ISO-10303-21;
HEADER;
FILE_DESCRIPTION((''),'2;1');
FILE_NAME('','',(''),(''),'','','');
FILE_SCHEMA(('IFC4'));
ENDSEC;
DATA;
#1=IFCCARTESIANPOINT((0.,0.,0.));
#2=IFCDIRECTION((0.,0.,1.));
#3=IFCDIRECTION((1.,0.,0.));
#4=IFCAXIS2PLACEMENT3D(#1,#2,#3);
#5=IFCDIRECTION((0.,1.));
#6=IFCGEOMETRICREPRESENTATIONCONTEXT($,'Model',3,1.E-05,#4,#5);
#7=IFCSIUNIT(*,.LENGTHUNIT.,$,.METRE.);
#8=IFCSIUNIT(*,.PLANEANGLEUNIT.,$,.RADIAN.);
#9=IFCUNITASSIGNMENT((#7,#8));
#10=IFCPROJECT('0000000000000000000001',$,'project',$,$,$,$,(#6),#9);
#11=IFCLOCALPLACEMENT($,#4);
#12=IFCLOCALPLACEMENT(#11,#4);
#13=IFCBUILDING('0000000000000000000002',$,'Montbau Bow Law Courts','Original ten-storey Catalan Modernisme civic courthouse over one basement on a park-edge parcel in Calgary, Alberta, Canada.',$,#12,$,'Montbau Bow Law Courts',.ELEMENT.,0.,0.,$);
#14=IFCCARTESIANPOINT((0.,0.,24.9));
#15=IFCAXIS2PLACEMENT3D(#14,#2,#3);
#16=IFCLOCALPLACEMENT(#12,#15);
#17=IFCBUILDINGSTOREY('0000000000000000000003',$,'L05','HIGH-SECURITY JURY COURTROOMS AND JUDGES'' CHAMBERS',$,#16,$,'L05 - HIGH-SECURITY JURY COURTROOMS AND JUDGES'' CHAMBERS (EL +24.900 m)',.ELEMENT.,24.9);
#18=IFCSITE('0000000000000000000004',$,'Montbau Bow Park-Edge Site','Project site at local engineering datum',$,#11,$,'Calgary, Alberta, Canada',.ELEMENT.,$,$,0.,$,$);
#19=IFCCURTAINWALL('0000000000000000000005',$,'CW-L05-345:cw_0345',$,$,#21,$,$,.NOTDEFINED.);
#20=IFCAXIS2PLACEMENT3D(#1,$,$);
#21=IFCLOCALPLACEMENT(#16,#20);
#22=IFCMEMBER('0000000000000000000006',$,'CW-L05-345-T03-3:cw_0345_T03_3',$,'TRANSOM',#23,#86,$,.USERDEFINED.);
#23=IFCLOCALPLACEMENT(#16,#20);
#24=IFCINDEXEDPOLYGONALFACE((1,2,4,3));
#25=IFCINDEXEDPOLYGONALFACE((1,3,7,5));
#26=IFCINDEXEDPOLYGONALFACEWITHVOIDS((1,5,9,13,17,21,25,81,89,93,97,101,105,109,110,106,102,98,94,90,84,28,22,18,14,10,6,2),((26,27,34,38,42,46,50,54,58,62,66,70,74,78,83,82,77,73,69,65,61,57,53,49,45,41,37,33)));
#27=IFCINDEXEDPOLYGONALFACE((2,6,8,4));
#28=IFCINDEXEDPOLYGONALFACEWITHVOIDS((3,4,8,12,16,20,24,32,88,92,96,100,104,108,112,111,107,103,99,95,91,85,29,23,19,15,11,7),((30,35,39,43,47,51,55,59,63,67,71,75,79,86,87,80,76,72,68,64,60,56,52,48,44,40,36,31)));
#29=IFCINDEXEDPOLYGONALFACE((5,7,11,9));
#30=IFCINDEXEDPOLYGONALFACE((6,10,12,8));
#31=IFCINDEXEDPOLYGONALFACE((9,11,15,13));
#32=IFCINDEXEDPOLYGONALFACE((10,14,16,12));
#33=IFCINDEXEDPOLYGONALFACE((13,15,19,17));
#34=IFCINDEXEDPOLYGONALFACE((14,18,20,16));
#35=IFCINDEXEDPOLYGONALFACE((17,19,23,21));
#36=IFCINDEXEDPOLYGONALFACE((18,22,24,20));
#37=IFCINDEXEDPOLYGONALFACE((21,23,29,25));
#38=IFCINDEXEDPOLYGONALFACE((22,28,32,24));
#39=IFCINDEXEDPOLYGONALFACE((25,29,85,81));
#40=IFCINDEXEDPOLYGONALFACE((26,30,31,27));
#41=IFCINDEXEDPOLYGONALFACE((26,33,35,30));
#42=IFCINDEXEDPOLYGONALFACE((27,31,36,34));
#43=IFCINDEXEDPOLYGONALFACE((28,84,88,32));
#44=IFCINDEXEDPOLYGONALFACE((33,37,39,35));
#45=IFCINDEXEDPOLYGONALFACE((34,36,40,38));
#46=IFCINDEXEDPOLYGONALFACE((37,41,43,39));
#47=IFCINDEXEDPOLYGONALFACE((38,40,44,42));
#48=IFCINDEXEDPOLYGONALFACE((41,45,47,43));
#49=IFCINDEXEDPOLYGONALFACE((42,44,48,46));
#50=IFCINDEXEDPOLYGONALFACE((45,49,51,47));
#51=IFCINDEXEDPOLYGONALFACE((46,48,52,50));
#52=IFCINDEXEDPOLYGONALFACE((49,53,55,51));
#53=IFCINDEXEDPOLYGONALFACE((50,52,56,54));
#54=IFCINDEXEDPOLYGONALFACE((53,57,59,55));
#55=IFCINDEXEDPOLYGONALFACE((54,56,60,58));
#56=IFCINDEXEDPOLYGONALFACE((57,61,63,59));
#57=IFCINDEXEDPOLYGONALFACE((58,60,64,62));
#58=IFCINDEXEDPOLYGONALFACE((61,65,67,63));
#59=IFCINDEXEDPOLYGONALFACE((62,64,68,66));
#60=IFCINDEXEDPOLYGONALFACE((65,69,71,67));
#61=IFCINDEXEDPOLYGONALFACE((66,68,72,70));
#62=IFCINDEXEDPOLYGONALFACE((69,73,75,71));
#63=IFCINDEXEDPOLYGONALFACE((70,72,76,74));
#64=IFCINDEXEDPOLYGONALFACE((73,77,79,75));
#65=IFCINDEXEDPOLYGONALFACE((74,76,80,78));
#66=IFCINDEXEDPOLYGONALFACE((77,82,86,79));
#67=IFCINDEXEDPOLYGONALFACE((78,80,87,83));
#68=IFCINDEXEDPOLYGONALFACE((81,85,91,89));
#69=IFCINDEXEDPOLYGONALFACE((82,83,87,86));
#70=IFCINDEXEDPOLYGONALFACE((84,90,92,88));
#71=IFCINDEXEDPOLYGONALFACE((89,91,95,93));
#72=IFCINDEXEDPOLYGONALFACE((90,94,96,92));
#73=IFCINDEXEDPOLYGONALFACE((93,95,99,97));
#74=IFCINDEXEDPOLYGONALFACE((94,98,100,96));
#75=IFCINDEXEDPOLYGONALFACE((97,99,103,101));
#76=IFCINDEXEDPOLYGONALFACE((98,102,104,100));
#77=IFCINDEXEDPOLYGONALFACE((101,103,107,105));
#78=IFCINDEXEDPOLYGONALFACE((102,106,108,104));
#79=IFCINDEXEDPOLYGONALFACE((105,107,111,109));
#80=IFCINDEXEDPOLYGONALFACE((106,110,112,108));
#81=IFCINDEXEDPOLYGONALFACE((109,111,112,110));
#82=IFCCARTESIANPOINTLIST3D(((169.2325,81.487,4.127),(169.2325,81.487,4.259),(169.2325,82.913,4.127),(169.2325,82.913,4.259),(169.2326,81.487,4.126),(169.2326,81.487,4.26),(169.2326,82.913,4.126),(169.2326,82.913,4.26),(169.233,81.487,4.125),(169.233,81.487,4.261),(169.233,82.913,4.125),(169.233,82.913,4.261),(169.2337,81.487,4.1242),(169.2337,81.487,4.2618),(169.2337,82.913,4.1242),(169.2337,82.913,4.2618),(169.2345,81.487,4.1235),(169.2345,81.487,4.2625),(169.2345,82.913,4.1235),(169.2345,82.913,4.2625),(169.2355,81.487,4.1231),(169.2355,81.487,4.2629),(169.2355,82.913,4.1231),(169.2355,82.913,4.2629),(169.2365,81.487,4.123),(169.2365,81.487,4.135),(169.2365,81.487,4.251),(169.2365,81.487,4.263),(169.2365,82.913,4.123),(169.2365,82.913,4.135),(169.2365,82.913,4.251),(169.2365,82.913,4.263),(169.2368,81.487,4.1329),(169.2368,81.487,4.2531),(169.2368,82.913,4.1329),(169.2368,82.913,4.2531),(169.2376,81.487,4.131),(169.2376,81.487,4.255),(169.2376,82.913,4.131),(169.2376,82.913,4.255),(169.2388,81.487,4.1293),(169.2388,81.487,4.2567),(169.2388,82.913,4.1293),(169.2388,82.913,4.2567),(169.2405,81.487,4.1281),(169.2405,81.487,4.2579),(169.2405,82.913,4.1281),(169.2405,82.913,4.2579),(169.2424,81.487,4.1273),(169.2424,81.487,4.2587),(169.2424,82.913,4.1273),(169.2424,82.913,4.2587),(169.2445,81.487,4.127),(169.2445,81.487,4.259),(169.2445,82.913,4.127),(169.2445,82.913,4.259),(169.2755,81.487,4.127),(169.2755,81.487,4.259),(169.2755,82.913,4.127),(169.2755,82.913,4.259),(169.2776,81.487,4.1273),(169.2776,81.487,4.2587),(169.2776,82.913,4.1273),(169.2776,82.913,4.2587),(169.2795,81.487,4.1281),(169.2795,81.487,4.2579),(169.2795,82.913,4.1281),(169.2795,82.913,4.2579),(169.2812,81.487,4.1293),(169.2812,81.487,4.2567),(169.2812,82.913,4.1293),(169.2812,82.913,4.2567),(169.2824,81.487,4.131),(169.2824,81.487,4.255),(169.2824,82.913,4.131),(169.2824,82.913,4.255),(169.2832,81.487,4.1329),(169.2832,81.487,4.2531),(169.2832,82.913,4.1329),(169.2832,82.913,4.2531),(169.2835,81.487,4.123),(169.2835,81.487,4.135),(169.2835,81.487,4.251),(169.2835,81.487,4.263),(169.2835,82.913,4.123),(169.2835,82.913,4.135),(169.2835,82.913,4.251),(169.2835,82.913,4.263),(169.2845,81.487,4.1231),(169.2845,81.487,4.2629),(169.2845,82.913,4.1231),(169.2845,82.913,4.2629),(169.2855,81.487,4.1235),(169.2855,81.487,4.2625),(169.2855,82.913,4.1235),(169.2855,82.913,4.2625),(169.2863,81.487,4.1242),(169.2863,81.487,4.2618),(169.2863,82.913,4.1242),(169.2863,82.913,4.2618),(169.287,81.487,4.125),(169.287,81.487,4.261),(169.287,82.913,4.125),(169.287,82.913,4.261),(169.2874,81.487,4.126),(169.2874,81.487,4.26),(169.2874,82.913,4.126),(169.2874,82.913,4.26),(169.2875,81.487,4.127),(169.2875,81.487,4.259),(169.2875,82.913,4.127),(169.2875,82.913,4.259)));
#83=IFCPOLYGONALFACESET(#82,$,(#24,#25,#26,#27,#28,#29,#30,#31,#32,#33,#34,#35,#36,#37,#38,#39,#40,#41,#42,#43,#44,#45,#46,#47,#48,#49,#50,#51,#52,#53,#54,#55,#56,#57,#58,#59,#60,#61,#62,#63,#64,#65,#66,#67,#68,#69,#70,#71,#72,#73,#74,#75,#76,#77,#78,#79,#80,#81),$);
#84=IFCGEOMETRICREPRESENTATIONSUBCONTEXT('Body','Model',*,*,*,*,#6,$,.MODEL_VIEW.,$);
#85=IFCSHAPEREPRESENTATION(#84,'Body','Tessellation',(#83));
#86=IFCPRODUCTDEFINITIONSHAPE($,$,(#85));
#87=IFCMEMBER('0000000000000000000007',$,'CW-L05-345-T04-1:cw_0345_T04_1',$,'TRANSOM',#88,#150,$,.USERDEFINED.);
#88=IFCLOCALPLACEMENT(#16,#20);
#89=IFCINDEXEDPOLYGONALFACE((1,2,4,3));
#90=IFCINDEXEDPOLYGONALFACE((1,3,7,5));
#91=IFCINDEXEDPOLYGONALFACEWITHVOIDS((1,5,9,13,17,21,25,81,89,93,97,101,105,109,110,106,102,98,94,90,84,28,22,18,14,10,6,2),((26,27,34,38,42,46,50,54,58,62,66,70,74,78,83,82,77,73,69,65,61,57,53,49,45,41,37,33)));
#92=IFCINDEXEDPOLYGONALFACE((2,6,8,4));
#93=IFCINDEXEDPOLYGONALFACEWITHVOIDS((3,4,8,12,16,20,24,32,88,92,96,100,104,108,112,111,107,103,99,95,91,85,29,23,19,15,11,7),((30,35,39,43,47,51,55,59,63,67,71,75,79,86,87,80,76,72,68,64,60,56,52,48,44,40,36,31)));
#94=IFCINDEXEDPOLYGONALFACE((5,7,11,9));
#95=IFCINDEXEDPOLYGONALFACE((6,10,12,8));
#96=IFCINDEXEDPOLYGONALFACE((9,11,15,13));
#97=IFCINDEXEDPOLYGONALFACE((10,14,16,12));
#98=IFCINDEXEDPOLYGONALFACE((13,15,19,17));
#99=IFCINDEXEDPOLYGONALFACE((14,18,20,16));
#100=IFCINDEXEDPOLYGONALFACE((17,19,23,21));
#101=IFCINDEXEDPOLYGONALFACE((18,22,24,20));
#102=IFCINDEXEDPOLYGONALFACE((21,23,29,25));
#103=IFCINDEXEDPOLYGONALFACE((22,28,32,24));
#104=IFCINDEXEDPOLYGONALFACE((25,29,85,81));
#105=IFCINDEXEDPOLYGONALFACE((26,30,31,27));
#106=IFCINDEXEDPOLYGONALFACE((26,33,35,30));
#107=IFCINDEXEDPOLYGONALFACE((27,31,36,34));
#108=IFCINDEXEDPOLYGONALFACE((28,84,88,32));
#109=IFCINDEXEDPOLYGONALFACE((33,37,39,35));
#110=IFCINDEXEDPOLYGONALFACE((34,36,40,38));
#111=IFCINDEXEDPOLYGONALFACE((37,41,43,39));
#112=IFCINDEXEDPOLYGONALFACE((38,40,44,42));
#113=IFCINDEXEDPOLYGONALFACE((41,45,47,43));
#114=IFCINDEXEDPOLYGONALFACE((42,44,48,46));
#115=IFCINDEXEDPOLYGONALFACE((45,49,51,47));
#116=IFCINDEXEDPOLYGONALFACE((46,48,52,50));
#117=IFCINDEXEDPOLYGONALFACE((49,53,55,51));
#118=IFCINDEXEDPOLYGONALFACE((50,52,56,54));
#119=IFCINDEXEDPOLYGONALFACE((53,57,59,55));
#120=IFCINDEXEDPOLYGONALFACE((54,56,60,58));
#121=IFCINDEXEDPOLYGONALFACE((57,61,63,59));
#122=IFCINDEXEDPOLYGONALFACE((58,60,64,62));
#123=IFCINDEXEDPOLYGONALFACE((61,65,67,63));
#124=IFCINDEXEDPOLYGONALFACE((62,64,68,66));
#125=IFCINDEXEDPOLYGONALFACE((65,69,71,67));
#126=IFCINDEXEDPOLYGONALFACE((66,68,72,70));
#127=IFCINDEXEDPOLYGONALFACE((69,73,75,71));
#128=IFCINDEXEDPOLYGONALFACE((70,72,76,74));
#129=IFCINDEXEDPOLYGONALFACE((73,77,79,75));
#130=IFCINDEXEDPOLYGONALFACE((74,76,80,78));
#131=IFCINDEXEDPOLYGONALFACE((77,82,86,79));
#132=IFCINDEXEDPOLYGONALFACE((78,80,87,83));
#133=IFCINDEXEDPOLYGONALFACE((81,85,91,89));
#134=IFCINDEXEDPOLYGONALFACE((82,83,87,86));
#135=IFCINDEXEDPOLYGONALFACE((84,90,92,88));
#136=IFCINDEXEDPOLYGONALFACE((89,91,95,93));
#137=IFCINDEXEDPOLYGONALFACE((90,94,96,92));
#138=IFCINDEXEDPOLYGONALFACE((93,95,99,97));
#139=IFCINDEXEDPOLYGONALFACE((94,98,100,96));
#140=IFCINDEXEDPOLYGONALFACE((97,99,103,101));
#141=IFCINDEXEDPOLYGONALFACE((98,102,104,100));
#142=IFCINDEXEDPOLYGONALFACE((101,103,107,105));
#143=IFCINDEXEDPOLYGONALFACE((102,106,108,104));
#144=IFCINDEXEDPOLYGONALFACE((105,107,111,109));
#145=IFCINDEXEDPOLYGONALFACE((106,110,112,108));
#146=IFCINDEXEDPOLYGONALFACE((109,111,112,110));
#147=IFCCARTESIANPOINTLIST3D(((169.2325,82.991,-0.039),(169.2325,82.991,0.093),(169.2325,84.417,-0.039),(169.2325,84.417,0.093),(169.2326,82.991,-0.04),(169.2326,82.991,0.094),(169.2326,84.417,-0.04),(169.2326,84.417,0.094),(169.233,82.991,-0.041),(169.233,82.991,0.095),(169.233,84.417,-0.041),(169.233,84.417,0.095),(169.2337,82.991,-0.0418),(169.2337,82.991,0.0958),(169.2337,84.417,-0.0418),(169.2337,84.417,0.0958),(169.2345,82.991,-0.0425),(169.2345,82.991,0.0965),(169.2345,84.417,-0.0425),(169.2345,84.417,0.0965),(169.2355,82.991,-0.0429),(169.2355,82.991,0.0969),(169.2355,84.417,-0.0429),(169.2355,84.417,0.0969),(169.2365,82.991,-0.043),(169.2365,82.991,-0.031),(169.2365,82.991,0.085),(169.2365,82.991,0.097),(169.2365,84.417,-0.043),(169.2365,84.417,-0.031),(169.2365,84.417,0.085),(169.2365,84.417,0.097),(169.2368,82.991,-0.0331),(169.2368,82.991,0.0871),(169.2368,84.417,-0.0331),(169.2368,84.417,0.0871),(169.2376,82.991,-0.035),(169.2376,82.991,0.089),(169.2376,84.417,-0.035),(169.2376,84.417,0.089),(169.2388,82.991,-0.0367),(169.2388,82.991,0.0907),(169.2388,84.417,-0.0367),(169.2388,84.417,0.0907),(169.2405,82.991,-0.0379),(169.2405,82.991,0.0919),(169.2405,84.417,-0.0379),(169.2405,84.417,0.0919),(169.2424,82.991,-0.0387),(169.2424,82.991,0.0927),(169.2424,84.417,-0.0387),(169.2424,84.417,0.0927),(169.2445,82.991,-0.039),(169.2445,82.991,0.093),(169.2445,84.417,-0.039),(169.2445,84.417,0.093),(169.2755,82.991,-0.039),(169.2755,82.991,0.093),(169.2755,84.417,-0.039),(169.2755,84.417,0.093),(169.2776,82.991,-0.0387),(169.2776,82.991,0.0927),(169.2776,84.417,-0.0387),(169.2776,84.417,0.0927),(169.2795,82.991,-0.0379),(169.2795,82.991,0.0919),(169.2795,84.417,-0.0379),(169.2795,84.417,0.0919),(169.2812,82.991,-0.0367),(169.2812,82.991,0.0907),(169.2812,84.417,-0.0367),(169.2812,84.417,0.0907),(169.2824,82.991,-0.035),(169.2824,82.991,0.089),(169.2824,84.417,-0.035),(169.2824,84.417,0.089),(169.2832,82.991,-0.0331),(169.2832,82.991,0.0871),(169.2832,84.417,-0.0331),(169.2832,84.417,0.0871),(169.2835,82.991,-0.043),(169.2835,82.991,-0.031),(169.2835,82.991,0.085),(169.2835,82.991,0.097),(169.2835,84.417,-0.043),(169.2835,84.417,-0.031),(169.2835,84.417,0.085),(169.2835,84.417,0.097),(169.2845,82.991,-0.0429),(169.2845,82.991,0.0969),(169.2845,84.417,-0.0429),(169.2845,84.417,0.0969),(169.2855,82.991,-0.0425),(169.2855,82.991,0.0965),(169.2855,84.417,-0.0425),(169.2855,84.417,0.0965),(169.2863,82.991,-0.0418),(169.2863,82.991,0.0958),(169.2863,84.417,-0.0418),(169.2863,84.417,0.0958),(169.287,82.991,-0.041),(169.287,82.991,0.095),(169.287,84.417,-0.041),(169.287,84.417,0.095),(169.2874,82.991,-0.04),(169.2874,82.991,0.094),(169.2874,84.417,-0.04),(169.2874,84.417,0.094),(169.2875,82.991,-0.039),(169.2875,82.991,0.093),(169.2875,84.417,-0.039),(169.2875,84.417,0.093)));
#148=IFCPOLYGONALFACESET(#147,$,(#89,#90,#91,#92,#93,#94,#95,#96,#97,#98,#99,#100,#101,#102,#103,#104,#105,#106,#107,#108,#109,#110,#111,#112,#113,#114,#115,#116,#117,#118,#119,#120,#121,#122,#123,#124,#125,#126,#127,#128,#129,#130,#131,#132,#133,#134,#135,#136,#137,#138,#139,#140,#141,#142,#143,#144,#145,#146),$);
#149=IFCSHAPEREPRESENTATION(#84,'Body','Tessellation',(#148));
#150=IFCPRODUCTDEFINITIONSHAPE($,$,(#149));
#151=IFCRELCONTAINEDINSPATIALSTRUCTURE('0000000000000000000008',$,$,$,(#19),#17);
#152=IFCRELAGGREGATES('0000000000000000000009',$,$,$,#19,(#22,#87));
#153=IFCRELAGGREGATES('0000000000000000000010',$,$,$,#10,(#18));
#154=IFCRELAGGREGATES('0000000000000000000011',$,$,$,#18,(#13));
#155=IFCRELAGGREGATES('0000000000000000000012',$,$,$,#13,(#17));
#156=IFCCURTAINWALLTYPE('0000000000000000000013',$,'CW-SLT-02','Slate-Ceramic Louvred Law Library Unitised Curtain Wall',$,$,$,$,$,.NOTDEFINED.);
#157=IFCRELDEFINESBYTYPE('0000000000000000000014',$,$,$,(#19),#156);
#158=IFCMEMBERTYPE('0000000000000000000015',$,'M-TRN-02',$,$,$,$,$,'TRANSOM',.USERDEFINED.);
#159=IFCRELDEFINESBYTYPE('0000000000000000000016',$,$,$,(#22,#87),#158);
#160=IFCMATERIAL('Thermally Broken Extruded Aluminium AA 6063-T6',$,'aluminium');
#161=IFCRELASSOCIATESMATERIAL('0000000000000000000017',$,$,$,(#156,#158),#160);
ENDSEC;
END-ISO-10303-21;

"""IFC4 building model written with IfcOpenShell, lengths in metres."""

from ifc_helpers import new_model, si_unit, direction, frame, origin_with_axes, origin_2d_with_axis, place, context, subcontext, project, spatial, hollow_rectangle, extrude, material, material_profile, profile_set, type_object, element, aggregate, save


model = new_model("IFC4")

# Units and contexts
model_context = context("Model", 3, precision=1e-05, world=origin_with_axes(), true_north=direction((0.0, 1.0)))
body_context = subcontext(model_context, "Body", "Model", "MODEL_VIEW")
ifc_project = project(units=[si_unit("LENGTHUNIT", "METRE"), si_unit("PLANEANGLEUNIT", "RADIAN")], contexts=[model_context])

# Site, building, storey
site_placement = place(None, origin_with_axes())
site = spatial("IfcSite", under=ifc_project, at=site_placement, Name="Montbau Bow Park-Edge Site", Description="Project site at local engineering datum", LongName="Calgary, Alberta, Canada", CompositionType="ELEMENT", RefElevation=0.0)
building_placement = place(site_placement, origin_with_axes())
building = spatial("IfcBuilding", under=site, at=building_placement, Name="Montbau Bow Law Courts", Description="Original ten-storey Catalan Modernisme civic courthouse over one basement on a park-edge parcel in Calgary, Alberta, Canada.", LongName="Montbau Bow Law Courts", CompositionType="ELEMENT", ElevationOfRefHeight=0.0, ElevationOfTerrain=0.0)
storey_placement = place(building_placement, frame((0.0, 0.0, 24.9), z_axis=(0.0, 0.0, 1.0), x_axis=(1.0, 0.0, 0.0)))
storey = spatial("IfcBuildingStorey", under=building, at=storey_placement, Name="L05", Description="HIGH-SECURITY JURY COURTROOMS AND JUDGES' CHAMBERS", LongName="L05 - HIGH-SECURITY JURY COURTROOMS AND JUDGES' CHAMBERS (EL +24.900 m)", CompositionType="ELEMENT", Elevation=24.9)

# Curtain wall, members
ifc_material_1 = material(Name="Thermally Broken Extruded Aluminium AA 6063-T6", Category="aluminium")
curtain_wall_type = type_object("IfcCurtainWallType", Name="CW-SLT-02", Description="Slate-Ceramic Louvred Law Library Unitised Curtain Wall", PredefinedType="NOTDEFINED", material=ifc_material_1)
curtain_wall_placement = place(None, frame((169.26, 78.44, 24.9), z_axis=(0.0, 0.0, 1.0), x_axis=(1.0, 0.0, 0.0)))
curtain_wall = element("IfcCurtainWall", 1, at=curtain_wall_placement, inside=storey, type_object=curtain_wall_type, Name="CW-L05-345:cw_0345", PredefinedType="NOTDEFINED")
ifc_material_profile_1 = material_profile(ifc_material_1, hollow_rectangle(XDim=0.055, YDim=0.14, WallThickness=0.004, InnerFilletRadius=0.008, OuterFilletRadius=0.004, at=origin_2d_with_axis()), Name="CWT-140X55", Category="Main", Priority=0)
ifc_profile_set_1 = profile_set([ifc_material_profile_1], Name="Thermally Broken Extruded Aluminium AA 6063-T6")
member_type_1 = type_object("IfcMemberType", Name="M-TRN-02", ElementType="TRANSOM", PredefinedType="USERDEFINED", material=ifc_profile_set_1)
member_1_placement = place(None, frame((169.26, 81.487, 29.093), z_axis=(0.0, 1.0, 0.0), x_axis=(-1.0, 0.0, 0.0)))
member_1 = element("IfcMember", 2, at=member_1_placement, type_object=member_type_1, Name="CW-L05-345-T03-3:cw_0345_T03_3", ObjectType="TRANSOM", PredefinedType="USERDEFINED", context=body_context, shape_type="SweptSolid", body=[
    extrude(hollow_rectangle(XDim=0.055, YDim=0.14, WallThickness=0.004, InnerFilletRadius=0.008, OuterFilletRadius=0.004, at=origin_2d_with_axis()), origin_with_axes(), (0.0, 0.0, 1.0), 1.426),
])
member_2_placement = place(None, frame((169.26, 82.991, 24.927), z_axis=(0.0, 1.0, 0.0), x_axis=(-1.0, 0.0, 0.0)))
member_2 = element("IfcMember", 3, at=member_2_placement, type_object=member_type_1, Name="CW-L05-345-T04-1:cw_0345_T04_1", ObjectType="TRANSOM", PredefinedType="USERDEFINED", context=body_context, shape_type="SweptSolid", body=[
    extrude(hollow_rectangle(XDim=0.055, YDim=0.14, WallThickness=0.004, InnerFilletRadius=0.008, OuterFilletRadius=0.004, at=origin_2d_with_axis()), origin_with_axes(), (0.0, 0.0, 1.0), 1.426),
])
aggregate(curtain_wall, [member_1, member_2])

save(model, "model.ifc")
